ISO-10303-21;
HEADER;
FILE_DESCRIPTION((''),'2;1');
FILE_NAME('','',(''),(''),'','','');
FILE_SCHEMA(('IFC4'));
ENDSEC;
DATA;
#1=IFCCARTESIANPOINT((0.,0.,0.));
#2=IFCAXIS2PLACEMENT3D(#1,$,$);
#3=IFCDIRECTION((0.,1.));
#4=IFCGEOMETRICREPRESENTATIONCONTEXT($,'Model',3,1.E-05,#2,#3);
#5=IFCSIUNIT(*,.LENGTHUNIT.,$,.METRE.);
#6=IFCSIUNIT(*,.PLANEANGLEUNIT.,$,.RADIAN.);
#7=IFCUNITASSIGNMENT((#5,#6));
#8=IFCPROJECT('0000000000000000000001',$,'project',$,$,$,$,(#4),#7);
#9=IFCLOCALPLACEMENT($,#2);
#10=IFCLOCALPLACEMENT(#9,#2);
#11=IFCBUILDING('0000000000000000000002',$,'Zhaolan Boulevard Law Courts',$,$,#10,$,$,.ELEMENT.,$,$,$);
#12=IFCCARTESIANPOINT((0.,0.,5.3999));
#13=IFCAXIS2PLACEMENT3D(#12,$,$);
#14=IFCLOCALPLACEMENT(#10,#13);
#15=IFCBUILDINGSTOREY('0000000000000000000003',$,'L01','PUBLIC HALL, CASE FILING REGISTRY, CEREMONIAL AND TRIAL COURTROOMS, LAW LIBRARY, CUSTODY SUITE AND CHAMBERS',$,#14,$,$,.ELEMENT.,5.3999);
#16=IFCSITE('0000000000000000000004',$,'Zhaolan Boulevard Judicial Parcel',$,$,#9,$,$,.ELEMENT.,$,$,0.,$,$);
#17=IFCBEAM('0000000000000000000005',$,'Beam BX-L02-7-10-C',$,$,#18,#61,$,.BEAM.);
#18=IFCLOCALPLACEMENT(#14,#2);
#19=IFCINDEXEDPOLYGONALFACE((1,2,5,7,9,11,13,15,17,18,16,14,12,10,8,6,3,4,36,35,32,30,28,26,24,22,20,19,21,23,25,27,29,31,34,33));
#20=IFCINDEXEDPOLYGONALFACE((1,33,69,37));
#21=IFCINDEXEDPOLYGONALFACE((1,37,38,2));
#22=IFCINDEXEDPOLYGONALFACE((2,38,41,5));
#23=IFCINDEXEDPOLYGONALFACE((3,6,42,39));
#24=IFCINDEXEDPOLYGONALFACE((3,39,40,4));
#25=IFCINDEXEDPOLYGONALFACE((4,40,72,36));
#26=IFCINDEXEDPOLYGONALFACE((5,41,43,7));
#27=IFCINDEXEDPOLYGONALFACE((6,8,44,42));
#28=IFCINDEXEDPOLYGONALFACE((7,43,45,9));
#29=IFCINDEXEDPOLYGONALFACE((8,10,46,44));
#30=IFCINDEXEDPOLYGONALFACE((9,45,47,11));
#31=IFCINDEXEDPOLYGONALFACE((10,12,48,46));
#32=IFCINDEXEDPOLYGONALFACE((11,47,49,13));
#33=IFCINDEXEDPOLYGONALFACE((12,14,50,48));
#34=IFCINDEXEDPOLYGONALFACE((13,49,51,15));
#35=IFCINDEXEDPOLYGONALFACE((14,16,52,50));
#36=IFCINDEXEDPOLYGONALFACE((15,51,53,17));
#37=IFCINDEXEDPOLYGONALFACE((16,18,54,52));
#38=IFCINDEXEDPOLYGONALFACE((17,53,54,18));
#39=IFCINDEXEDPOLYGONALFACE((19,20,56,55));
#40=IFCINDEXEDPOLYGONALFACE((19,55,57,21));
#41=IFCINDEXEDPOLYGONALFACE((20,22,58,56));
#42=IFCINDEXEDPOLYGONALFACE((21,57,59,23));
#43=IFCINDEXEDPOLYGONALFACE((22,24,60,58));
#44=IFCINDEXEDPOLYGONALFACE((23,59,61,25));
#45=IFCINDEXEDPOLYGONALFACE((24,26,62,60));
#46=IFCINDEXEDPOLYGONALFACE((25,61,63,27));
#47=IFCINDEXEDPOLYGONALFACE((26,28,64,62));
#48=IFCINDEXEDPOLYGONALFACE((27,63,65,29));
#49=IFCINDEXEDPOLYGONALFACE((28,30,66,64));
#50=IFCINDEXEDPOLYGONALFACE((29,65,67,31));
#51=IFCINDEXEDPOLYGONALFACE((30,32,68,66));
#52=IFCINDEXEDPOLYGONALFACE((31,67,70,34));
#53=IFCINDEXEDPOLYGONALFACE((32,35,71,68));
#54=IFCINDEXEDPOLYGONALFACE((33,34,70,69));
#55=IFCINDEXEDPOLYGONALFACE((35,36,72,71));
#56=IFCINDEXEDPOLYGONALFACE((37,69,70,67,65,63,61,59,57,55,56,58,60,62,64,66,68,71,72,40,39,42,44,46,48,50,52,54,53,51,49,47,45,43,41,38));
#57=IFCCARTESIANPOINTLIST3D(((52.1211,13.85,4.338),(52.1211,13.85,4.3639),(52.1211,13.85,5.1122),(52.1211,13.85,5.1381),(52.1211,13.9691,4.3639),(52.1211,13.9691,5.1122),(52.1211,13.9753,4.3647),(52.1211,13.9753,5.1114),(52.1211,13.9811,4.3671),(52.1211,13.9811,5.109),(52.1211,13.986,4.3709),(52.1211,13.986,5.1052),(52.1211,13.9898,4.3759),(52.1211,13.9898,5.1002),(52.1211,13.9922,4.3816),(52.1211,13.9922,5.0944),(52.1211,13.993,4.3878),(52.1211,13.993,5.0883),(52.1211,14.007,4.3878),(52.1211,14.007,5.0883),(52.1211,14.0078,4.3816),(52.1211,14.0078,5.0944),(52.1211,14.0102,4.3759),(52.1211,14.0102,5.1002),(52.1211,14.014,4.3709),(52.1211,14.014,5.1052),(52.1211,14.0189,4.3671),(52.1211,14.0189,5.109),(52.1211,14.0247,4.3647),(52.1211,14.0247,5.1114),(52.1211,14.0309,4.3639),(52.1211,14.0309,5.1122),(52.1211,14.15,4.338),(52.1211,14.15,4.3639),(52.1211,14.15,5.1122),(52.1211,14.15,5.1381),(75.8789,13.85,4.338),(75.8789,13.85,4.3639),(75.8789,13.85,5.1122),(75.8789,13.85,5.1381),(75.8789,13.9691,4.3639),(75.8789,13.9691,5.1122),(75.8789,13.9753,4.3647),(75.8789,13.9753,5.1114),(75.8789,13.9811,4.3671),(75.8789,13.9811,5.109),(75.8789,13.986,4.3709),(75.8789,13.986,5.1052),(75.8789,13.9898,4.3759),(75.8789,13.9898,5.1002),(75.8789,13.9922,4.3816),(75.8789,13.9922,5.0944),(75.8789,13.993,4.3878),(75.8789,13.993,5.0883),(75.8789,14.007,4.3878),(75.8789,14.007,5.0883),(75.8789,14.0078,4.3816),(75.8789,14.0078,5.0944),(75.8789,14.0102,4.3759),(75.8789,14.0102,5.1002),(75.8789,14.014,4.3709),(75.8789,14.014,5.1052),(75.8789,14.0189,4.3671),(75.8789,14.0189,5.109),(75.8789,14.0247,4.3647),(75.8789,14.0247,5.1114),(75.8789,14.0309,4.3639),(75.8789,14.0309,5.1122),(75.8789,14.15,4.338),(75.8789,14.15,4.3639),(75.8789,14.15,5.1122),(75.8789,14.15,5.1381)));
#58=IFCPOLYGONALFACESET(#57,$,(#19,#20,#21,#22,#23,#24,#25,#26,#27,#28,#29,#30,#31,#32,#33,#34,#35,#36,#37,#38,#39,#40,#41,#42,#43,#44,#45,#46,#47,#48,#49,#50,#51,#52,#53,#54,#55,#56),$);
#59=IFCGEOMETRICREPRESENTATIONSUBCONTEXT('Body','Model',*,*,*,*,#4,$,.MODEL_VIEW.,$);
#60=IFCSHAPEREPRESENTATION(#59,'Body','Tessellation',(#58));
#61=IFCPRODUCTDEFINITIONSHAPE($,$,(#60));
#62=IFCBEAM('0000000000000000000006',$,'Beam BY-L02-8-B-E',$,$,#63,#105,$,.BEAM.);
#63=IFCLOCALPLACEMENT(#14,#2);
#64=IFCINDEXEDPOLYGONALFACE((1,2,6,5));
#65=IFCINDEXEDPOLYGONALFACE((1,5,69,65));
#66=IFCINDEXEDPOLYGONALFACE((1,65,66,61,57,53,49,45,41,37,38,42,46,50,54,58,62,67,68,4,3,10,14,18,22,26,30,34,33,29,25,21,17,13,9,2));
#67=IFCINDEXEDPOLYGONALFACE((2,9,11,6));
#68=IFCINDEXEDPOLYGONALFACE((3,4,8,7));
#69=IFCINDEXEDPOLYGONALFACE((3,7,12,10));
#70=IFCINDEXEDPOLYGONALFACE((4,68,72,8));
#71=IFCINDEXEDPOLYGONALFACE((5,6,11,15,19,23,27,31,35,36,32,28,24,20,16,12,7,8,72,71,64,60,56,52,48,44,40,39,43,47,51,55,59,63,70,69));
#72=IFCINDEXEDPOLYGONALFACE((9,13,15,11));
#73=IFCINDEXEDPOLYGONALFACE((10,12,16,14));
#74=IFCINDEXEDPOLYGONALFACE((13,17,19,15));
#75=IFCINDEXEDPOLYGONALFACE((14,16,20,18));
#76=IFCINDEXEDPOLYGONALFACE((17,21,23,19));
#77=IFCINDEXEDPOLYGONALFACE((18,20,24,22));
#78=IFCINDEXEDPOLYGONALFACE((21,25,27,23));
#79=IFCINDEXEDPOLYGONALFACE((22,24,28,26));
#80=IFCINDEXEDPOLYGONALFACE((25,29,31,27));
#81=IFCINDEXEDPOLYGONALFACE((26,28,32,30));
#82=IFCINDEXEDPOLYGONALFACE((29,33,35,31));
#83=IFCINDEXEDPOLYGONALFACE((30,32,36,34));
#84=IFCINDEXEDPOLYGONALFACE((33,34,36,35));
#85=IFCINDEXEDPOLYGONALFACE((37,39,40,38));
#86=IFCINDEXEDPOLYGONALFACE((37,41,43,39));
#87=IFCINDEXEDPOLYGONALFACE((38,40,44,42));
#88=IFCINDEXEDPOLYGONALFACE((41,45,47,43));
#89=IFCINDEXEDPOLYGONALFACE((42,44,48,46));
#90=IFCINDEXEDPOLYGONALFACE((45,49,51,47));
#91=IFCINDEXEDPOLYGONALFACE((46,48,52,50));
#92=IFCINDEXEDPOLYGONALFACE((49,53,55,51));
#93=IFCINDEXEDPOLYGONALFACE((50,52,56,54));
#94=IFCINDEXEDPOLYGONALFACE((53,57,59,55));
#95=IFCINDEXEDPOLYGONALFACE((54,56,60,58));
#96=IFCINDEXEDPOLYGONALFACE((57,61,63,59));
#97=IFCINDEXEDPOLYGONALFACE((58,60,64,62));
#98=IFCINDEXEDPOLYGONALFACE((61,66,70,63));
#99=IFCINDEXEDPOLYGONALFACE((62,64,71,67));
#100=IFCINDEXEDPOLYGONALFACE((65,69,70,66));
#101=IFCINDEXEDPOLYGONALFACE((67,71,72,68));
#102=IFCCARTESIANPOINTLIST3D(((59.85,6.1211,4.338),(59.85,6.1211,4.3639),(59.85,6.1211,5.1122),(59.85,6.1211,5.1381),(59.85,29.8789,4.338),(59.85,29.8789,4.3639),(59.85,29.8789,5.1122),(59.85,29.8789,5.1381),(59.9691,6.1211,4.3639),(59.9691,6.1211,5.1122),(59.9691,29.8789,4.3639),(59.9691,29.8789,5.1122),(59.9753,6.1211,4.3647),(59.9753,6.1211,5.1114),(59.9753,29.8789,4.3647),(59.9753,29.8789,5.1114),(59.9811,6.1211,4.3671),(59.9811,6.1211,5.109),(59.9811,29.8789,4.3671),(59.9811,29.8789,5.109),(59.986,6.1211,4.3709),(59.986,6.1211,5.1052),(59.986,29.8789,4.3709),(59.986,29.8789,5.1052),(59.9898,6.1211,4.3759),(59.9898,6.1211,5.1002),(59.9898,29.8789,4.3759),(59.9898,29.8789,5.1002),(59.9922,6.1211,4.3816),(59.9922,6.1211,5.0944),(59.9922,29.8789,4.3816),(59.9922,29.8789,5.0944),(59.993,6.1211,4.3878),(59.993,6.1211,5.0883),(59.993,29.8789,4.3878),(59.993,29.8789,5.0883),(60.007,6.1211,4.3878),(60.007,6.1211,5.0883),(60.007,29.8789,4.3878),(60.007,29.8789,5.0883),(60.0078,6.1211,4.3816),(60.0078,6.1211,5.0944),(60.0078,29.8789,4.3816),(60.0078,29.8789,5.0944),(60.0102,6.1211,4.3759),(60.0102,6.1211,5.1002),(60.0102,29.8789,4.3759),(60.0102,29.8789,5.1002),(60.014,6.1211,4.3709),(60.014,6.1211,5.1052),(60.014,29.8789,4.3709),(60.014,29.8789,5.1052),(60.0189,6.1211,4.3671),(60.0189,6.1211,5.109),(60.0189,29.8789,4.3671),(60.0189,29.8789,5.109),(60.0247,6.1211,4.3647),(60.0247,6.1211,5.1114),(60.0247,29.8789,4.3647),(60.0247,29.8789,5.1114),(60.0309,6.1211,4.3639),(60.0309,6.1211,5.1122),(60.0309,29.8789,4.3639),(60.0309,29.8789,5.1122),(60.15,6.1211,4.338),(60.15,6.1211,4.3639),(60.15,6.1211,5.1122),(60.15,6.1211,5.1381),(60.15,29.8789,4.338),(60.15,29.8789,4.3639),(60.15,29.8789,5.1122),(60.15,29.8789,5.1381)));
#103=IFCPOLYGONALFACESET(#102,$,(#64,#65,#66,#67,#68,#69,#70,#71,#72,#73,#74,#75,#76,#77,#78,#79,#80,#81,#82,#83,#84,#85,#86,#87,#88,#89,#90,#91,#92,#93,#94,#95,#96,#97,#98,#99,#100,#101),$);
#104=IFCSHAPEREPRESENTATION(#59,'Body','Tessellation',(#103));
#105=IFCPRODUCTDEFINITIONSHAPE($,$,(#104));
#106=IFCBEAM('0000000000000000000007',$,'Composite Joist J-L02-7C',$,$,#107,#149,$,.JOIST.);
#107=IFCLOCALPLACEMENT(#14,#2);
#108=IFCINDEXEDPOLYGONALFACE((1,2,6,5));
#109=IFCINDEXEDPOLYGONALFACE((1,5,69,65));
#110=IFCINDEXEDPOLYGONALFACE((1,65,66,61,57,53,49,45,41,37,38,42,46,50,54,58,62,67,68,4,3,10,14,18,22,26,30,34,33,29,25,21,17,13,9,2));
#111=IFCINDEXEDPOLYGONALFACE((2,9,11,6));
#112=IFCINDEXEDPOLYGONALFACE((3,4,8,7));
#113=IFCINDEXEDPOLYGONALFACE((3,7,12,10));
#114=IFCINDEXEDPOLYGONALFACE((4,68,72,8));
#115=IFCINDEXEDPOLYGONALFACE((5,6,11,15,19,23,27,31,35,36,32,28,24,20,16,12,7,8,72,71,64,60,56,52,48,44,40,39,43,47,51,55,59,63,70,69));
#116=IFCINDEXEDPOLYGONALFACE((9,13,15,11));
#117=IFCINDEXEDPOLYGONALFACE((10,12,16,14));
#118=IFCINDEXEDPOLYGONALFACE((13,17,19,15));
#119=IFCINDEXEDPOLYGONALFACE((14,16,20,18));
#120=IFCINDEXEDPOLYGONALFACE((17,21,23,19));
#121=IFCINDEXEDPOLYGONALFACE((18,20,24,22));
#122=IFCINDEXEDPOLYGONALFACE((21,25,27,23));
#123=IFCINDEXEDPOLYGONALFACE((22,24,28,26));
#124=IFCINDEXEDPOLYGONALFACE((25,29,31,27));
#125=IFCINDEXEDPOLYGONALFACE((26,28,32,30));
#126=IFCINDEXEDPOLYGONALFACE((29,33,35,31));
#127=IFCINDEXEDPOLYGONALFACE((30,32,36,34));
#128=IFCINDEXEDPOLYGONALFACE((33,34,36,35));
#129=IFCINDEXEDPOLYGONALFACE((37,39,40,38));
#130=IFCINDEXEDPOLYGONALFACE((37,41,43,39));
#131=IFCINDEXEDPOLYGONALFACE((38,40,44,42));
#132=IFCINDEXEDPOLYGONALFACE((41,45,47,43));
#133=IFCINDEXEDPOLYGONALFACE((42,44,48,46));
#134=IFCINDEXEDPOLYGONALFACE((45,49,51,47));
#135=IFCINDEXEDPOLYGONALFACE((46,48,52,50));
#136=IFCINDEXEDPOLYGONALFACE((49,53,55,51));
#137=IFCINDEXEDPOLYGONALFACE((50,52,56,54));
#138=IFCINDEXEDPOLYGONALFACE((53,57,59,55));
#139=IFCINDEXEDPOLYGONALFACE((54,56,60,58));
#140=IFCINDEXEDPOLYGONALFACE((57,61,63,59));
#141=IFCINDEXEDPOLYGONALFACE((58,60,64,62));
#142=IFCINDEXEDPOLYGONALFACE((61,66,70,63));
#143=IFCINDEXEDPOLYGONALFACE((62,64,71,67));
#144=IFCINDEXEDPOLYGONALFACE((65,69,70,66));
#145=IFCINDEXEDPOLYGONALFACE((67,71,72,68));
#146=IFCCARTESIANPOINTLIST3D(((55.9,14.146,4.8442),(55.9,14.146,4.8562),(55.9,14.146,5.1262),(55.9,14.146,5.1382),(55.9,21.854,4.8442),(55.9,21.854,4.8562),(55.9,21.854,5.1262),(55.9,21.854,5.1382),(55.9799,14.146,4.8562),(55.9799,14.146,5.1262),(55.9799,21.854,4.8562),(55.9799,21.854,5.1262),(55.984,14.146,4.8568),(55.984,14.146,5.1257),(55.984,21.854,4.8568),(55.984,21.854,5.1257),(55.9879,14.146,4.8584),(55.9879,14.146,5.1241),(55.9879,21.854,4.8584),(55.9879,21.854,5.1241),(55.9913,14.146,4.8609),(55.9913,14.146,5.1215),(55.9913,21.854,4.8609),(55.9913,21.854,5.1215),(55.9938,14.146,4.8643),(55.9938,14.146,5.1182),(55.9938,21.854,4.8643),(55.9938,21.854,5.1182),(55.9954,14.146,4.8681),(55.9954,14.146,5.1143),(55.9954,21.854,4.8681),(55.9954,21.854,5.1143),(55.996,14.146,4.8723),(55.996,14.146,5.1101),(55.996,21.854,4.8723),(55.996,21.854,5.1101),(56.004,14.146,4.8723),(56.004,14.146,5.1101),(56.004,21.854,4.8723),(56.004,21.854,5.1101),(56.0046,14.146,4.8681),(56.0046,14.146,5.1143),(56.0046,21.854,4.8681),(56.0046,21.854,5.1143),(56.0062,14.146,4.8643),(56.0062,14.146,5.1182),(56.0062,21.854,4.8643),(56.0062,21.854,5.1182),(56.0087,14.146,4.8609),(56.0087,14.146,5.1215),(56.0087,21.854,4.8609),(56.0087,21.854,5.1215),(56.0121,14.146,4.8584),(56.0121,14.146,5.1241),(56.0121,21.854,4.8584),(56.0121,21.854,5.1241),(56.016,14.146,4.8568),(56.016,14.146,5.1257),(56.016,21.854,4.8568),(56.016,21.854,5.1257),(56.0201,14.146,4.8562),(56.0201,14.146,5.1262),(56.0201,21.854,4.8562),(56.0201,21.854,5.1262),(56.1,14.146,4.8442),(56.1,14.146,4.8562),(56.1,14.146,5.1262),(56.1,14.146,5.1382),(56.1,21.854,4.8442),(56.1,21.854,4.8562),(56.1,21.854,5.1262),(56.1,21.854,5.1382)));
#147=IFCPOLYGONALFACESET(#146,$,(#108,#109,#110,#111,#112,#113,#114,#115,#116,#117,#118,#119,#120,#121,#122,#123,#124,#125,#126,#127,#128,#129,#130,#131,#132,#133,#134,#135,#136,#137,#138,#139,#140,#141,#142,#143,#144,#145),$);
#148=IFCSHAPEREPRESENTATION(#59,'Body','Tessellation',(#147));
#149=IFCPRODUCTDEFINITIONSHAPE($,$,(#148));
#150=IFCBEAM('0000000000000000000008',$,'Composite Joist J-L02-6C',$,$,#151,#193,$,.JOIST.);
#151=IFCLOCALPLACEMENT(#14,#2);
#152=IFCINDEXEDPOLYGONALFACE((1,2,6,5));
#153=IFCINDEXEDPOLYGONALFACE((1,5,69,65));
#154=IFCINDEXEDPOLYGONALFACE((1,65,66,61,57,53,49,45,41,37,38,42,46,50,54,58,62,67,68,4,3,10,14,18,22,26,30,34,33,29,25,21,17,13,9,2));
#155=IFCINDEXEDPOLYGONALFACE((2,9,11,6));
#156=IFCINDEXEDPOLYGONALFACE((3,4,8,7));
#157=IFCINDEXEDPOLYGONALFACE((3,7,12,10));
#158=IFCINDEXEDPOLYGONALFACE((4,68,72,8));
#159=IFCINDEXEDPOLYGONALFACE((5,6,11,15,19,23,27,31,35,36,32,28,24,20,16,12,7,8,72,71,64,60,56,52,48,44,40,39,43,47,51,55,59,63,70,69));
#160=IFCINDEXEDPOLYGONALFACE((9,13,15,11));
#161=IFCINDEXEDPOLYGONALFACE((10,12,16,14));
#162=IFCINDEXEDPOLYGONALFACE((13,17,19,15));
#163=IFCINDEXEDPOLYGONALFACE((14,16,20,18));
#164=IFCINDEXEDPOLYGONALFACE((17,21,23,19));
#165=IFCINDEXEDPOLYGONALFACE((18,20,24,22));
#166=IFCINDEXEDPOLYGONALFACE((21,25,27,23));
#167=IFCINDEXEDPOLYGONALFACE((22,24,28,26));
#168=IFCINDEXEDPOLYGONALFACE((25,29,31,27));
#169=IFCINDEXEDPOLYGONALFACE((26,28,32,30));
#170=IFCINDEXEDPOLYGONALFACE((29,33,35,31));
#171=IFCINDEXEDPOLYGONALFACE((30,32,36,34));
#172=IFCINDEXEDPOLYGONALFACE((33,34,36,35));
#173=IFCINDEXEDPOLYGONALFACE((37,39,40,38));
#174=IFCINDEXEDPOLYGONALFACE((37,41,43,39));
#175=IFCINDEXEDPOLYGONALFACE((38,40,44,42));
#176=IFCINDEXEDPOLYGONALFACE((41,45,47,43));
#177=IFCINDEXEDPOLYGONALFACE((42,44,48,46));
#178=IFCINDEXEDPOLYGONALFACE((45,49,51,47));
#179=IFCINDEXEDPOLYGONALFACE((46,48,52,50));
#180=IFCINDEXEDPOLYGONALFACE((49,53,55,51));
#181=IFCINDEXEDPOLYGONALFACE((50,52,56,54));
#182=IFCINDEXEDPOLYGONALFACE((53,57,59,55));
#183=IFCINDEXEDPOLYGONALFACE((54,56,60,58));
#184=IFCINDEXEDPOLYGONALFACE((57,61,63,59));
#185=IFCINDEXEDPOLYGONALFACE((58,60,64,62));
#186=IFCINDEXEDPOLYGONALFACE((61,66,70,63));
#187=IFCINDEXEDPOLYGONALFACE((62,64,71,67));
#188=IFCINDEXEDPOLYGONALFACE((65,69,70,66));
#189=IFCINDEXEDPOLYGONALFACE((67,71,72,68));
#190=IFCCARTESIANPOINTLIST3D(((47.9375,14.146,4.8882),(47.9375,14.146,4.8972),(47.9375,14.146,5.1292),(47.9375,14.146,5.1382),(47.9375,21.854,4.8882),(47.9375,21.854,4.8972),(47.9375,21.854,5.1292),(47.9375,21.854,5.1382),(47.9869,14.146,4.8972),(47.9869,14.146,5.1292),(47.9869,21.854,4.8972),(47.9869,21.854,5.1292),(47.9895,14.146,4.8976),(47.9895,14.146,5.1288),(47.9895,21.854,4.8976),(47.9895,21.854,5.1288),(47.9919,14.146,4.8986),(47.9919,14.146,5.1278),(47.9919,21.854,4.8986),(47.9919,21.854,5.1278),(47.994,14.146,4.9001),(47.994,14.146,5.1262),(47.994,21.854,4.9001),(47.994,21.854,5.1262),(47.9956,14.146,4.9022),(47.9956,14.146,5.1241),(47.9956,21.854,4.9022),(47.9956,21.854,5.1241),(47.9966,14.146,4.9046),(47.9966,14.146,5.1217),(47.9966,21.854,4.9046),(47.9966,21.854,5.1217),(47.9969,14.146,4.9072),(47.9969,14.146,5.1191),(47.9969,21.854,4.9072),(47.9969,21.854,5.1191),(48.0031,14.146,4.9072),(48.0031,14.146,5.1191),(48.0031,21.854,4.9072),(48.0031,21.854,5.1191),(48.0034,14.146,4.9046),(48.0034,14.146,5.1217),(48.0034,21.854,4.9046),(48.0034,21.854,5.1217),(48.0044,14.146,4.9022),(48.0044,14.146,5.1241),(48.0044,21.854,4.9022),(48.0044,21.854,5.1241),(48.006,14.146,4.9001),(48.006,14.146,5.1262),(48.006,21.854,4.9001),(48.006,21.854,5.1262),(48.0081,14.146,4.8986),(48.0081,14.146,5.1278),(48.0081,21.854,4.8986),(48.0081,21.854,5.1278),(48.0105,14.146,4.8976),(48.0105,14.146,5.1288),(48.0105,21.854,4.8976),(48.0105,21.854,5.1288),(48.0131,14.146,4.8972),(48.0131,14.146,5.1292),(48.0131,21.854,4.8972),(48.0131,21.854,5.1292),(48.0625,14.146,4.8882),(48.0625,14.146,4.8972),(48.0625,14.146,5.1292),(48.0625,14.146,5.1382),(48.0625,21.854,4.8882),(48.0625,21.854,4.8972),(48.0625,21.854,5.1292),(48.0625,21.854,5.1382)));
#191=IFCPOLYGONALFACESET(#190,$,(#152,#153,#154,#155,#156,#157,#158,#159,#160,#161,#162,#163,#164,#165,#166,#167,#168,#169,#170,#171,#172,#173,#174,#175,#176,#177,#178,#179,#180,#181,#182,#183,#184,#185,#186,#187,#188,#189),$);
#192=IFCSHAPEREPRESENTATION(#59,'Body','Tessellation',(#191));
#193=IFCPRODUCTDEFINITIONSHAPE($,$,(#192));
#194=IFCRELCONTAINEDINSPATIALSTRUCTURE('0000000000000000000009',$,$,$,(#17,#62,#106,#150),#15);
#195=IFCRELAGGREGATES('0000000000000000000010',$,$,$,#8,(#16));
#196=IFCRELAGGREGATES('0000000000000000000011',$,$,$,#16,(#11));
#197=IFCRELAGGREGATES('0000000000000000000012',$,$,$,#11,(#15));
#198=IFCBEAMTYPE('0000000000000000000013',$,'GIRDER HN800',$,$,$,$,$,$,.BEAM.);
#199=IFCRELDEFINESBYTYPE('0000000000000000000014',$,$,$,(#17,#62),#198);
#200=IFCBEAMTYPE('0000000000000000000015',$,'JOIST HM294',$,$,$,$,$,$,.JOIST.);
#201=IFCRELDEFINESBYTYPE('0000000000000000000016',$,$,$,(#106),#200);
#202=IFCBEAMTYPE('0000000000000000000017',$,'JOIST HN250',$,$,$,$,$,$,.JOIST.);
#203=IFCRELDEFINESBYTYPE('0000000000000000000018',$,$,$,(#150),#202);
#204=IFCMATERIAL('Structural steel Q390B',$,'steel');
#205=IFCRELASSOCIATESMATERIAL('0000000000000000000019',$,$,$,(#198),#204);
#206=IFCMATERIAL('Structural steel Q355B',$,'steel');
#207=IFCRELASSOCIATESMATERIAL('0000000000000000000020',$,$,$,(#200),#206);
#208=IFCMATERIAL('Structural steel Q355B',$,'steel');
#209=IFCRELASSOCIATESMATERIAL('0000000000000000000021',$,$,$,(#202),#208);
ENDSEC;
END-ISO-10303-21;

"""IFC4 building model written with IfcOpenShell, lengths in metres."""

from ifc_helpers import new_model, si_unit, direction, frame, origin, origin_2d, place, context, subcontext, project, spatial, i_section, extrude, material, material_profile, profile_set, type_object, element, save


model = new_model("IFC4")

# Units and contexts
model_context = context("Model", 3, precision=1e-05, world=origin(), true_north=direction((0.0, 1.0)))
body_context = subcontext(model_context, "Body", "Model", "MODEL_VIEW")
ifc_project = project(units=[si_unit("LENGTHUNIT", "METRE"), si_unit("PLANEANGLEUNIT", "RADIAN")], contexts=[model_context])

# Site, building, storey
site_placement = place(None, origin())
site = spatial("IfcSite", under=ifc_project, at=site_placement, Name="Zhaolan Boulevard Judicial Parcel", CompositionType="ELEMENT", RefElevation=0.0)
building_placement = place(site_placement, origin())
building = spatial("IfcBuilding", under=site, at=building_placement, Name="Zhaolan Boulevard Law Courts", CompositionType="ELEMENT")
storey_placement = place(building_placement, frame((0.0, 0.0, 5.3999)))
storey = spatial("IfcBuildingStorey", under=building, at=storey_placement, Name="L01", Description="PUBLIC HALL, CASE FILING REGISTRY, CEREMONIAL AND TRIAL COURTROOMS, LAW LIBRARY, CUSTODY SUITE AND CHAMBERS", CompositionType="ELEMENT", Elevation=5.3999)

# Beams
ifc_material_1 = material(Name="Structural steel Q390B", Category="steel")
ifc_material_profile_1 = material_profile(ifc_material_1, i_section(OverallWidth=0.3, OverallDepth=0.8, WebThickness=0.0139, FlangeThickness=0.0259, FilletRadius=0.0239, at=origin_2d()), Name="HN800x300")
ifc_profile_set_1 = profile_set([ifc_material_profile_1], Name="Structural steel Q390B")
beam_type_1 = type_object("IfcBeamType", Name="GIRDER HN800", PredefinedType="BEAM", material=ifc_profile_set_1)
for number, where, z_axis, x_axis, name in (
    (1, (52.1211, 14.0, 4.738), (1.0, 0.0, 0.0), (0.0, 1.0, 0.0), "Beam BX-L02-7-10-C"),
    (2, (60.0, 6.1211, 4.738), (0.0, 1.0, 0.0), (-1.0, 0.0, 0.0), "Beam BY-L02-8-B-E"),
):
    element("IfcBeam", number, at=place(storey_placement, frame(where, z_axis=z_axis, x_axis=x_axis)), inside=storey, type_object=beam_type_1, Name=name, PredefinedType="BEAM", context=body_context, shape_type="SweptSolid", body=[
        extrude(i_section(OverallWidth=0.3, OverallDepth=0.8, WebThickness=0.0139, FlangeThickness=0.0259, FilletRadius=0.0239, at=origin_2d()), origin(), (0.0, 0.0, 1.0), 23.7578),
    ])
ifc_material_2 = material(Name="Structural steel Q355B", Category="steel")
ifc_material_profile_2 = material_profile(ifc_material_2, i_section(OverallWidth=0.2, OverallDepth=0.2939, WebThickness=0.0081, FlangeThickness=0.012, FilletRadius=0.0161, at=origin_2d()), Name="HM294x200")
ifc_profile_set_2 = profile_set([ifc_material_profile_2], Name="Structural steel Q355B")
beam_type_2 = type_object("IfcBeamType", Name="JOIST HM294", PredefinedType="JOIST", material=ifc_profile_set_2)
beam_1_placement = place(storey_placement, frame((56.0, 14.146, 4.9912), z_axis=(0.0, 1.0, 0.0), x_axis=(-1.0, 0.0, 0.0)))
element("IfcBeam", 3, at=beam_1_placement, inside=storey, type_object=beam_type_2, Name="Composite Joist J-L02-7C", PredefinedType="JOIST", context=body_context, shape_type="SweptSolid", body=[
    extrude(i_section(OverallWidth=0.2, OverallDepth=0.2939, WebThickness=0.0081, FlangeThickness=0.012, FilletRadius=0.0161, at=origin_2d()), origin(), (0.0, 0.0, 1.0), 7.708),
])
ifc_material_3 = material(Name="Structural steel Q355B", Category="steel")
ifc_material_profile_3 = material_profile(ifc_material_3, i_section(OverallWidth=0.125, OverallDepth=0.25, WebThickness=0.0061, FlangeThickness=0.009, FilletRadius=0.01, at=origin_2d()), Name="HN250x125")
ifc_profile_set_3 = profile_set([ifc_material_profile_3], Name="Structural steel Q355B")
beam_type_3 = type_object("IfcBeamType", Name="JOIST HN250", PredefinedType="JOIST", material=ifc_profile_set_3)
beam_2_placement = place(storey_placement, frame((48.0, 14.146, 5.0132), z_axis=(0.0, 1.0, 0.0), x_axis=(-1.0, 0.0, 0.0)))
element("IfcBeam", 4, at=beam_2_placement, inside=storey, type_object=beam_type_3, Name="Composite Joist J-L02-6C", PredefinedType="JOIST", context=body_context, shape_type="SweptSolid", body=[
    extrude(i_section(OverallWidth=0.125, OverallDepth=0.25, WebThickness=0.0061, FlangeThickness=0.009, FilletRadius=0.01, at=origin_2d()), origin(), (0.0, 0.0, 1.0), 7.708),
])

save(model, "model.ifc")
